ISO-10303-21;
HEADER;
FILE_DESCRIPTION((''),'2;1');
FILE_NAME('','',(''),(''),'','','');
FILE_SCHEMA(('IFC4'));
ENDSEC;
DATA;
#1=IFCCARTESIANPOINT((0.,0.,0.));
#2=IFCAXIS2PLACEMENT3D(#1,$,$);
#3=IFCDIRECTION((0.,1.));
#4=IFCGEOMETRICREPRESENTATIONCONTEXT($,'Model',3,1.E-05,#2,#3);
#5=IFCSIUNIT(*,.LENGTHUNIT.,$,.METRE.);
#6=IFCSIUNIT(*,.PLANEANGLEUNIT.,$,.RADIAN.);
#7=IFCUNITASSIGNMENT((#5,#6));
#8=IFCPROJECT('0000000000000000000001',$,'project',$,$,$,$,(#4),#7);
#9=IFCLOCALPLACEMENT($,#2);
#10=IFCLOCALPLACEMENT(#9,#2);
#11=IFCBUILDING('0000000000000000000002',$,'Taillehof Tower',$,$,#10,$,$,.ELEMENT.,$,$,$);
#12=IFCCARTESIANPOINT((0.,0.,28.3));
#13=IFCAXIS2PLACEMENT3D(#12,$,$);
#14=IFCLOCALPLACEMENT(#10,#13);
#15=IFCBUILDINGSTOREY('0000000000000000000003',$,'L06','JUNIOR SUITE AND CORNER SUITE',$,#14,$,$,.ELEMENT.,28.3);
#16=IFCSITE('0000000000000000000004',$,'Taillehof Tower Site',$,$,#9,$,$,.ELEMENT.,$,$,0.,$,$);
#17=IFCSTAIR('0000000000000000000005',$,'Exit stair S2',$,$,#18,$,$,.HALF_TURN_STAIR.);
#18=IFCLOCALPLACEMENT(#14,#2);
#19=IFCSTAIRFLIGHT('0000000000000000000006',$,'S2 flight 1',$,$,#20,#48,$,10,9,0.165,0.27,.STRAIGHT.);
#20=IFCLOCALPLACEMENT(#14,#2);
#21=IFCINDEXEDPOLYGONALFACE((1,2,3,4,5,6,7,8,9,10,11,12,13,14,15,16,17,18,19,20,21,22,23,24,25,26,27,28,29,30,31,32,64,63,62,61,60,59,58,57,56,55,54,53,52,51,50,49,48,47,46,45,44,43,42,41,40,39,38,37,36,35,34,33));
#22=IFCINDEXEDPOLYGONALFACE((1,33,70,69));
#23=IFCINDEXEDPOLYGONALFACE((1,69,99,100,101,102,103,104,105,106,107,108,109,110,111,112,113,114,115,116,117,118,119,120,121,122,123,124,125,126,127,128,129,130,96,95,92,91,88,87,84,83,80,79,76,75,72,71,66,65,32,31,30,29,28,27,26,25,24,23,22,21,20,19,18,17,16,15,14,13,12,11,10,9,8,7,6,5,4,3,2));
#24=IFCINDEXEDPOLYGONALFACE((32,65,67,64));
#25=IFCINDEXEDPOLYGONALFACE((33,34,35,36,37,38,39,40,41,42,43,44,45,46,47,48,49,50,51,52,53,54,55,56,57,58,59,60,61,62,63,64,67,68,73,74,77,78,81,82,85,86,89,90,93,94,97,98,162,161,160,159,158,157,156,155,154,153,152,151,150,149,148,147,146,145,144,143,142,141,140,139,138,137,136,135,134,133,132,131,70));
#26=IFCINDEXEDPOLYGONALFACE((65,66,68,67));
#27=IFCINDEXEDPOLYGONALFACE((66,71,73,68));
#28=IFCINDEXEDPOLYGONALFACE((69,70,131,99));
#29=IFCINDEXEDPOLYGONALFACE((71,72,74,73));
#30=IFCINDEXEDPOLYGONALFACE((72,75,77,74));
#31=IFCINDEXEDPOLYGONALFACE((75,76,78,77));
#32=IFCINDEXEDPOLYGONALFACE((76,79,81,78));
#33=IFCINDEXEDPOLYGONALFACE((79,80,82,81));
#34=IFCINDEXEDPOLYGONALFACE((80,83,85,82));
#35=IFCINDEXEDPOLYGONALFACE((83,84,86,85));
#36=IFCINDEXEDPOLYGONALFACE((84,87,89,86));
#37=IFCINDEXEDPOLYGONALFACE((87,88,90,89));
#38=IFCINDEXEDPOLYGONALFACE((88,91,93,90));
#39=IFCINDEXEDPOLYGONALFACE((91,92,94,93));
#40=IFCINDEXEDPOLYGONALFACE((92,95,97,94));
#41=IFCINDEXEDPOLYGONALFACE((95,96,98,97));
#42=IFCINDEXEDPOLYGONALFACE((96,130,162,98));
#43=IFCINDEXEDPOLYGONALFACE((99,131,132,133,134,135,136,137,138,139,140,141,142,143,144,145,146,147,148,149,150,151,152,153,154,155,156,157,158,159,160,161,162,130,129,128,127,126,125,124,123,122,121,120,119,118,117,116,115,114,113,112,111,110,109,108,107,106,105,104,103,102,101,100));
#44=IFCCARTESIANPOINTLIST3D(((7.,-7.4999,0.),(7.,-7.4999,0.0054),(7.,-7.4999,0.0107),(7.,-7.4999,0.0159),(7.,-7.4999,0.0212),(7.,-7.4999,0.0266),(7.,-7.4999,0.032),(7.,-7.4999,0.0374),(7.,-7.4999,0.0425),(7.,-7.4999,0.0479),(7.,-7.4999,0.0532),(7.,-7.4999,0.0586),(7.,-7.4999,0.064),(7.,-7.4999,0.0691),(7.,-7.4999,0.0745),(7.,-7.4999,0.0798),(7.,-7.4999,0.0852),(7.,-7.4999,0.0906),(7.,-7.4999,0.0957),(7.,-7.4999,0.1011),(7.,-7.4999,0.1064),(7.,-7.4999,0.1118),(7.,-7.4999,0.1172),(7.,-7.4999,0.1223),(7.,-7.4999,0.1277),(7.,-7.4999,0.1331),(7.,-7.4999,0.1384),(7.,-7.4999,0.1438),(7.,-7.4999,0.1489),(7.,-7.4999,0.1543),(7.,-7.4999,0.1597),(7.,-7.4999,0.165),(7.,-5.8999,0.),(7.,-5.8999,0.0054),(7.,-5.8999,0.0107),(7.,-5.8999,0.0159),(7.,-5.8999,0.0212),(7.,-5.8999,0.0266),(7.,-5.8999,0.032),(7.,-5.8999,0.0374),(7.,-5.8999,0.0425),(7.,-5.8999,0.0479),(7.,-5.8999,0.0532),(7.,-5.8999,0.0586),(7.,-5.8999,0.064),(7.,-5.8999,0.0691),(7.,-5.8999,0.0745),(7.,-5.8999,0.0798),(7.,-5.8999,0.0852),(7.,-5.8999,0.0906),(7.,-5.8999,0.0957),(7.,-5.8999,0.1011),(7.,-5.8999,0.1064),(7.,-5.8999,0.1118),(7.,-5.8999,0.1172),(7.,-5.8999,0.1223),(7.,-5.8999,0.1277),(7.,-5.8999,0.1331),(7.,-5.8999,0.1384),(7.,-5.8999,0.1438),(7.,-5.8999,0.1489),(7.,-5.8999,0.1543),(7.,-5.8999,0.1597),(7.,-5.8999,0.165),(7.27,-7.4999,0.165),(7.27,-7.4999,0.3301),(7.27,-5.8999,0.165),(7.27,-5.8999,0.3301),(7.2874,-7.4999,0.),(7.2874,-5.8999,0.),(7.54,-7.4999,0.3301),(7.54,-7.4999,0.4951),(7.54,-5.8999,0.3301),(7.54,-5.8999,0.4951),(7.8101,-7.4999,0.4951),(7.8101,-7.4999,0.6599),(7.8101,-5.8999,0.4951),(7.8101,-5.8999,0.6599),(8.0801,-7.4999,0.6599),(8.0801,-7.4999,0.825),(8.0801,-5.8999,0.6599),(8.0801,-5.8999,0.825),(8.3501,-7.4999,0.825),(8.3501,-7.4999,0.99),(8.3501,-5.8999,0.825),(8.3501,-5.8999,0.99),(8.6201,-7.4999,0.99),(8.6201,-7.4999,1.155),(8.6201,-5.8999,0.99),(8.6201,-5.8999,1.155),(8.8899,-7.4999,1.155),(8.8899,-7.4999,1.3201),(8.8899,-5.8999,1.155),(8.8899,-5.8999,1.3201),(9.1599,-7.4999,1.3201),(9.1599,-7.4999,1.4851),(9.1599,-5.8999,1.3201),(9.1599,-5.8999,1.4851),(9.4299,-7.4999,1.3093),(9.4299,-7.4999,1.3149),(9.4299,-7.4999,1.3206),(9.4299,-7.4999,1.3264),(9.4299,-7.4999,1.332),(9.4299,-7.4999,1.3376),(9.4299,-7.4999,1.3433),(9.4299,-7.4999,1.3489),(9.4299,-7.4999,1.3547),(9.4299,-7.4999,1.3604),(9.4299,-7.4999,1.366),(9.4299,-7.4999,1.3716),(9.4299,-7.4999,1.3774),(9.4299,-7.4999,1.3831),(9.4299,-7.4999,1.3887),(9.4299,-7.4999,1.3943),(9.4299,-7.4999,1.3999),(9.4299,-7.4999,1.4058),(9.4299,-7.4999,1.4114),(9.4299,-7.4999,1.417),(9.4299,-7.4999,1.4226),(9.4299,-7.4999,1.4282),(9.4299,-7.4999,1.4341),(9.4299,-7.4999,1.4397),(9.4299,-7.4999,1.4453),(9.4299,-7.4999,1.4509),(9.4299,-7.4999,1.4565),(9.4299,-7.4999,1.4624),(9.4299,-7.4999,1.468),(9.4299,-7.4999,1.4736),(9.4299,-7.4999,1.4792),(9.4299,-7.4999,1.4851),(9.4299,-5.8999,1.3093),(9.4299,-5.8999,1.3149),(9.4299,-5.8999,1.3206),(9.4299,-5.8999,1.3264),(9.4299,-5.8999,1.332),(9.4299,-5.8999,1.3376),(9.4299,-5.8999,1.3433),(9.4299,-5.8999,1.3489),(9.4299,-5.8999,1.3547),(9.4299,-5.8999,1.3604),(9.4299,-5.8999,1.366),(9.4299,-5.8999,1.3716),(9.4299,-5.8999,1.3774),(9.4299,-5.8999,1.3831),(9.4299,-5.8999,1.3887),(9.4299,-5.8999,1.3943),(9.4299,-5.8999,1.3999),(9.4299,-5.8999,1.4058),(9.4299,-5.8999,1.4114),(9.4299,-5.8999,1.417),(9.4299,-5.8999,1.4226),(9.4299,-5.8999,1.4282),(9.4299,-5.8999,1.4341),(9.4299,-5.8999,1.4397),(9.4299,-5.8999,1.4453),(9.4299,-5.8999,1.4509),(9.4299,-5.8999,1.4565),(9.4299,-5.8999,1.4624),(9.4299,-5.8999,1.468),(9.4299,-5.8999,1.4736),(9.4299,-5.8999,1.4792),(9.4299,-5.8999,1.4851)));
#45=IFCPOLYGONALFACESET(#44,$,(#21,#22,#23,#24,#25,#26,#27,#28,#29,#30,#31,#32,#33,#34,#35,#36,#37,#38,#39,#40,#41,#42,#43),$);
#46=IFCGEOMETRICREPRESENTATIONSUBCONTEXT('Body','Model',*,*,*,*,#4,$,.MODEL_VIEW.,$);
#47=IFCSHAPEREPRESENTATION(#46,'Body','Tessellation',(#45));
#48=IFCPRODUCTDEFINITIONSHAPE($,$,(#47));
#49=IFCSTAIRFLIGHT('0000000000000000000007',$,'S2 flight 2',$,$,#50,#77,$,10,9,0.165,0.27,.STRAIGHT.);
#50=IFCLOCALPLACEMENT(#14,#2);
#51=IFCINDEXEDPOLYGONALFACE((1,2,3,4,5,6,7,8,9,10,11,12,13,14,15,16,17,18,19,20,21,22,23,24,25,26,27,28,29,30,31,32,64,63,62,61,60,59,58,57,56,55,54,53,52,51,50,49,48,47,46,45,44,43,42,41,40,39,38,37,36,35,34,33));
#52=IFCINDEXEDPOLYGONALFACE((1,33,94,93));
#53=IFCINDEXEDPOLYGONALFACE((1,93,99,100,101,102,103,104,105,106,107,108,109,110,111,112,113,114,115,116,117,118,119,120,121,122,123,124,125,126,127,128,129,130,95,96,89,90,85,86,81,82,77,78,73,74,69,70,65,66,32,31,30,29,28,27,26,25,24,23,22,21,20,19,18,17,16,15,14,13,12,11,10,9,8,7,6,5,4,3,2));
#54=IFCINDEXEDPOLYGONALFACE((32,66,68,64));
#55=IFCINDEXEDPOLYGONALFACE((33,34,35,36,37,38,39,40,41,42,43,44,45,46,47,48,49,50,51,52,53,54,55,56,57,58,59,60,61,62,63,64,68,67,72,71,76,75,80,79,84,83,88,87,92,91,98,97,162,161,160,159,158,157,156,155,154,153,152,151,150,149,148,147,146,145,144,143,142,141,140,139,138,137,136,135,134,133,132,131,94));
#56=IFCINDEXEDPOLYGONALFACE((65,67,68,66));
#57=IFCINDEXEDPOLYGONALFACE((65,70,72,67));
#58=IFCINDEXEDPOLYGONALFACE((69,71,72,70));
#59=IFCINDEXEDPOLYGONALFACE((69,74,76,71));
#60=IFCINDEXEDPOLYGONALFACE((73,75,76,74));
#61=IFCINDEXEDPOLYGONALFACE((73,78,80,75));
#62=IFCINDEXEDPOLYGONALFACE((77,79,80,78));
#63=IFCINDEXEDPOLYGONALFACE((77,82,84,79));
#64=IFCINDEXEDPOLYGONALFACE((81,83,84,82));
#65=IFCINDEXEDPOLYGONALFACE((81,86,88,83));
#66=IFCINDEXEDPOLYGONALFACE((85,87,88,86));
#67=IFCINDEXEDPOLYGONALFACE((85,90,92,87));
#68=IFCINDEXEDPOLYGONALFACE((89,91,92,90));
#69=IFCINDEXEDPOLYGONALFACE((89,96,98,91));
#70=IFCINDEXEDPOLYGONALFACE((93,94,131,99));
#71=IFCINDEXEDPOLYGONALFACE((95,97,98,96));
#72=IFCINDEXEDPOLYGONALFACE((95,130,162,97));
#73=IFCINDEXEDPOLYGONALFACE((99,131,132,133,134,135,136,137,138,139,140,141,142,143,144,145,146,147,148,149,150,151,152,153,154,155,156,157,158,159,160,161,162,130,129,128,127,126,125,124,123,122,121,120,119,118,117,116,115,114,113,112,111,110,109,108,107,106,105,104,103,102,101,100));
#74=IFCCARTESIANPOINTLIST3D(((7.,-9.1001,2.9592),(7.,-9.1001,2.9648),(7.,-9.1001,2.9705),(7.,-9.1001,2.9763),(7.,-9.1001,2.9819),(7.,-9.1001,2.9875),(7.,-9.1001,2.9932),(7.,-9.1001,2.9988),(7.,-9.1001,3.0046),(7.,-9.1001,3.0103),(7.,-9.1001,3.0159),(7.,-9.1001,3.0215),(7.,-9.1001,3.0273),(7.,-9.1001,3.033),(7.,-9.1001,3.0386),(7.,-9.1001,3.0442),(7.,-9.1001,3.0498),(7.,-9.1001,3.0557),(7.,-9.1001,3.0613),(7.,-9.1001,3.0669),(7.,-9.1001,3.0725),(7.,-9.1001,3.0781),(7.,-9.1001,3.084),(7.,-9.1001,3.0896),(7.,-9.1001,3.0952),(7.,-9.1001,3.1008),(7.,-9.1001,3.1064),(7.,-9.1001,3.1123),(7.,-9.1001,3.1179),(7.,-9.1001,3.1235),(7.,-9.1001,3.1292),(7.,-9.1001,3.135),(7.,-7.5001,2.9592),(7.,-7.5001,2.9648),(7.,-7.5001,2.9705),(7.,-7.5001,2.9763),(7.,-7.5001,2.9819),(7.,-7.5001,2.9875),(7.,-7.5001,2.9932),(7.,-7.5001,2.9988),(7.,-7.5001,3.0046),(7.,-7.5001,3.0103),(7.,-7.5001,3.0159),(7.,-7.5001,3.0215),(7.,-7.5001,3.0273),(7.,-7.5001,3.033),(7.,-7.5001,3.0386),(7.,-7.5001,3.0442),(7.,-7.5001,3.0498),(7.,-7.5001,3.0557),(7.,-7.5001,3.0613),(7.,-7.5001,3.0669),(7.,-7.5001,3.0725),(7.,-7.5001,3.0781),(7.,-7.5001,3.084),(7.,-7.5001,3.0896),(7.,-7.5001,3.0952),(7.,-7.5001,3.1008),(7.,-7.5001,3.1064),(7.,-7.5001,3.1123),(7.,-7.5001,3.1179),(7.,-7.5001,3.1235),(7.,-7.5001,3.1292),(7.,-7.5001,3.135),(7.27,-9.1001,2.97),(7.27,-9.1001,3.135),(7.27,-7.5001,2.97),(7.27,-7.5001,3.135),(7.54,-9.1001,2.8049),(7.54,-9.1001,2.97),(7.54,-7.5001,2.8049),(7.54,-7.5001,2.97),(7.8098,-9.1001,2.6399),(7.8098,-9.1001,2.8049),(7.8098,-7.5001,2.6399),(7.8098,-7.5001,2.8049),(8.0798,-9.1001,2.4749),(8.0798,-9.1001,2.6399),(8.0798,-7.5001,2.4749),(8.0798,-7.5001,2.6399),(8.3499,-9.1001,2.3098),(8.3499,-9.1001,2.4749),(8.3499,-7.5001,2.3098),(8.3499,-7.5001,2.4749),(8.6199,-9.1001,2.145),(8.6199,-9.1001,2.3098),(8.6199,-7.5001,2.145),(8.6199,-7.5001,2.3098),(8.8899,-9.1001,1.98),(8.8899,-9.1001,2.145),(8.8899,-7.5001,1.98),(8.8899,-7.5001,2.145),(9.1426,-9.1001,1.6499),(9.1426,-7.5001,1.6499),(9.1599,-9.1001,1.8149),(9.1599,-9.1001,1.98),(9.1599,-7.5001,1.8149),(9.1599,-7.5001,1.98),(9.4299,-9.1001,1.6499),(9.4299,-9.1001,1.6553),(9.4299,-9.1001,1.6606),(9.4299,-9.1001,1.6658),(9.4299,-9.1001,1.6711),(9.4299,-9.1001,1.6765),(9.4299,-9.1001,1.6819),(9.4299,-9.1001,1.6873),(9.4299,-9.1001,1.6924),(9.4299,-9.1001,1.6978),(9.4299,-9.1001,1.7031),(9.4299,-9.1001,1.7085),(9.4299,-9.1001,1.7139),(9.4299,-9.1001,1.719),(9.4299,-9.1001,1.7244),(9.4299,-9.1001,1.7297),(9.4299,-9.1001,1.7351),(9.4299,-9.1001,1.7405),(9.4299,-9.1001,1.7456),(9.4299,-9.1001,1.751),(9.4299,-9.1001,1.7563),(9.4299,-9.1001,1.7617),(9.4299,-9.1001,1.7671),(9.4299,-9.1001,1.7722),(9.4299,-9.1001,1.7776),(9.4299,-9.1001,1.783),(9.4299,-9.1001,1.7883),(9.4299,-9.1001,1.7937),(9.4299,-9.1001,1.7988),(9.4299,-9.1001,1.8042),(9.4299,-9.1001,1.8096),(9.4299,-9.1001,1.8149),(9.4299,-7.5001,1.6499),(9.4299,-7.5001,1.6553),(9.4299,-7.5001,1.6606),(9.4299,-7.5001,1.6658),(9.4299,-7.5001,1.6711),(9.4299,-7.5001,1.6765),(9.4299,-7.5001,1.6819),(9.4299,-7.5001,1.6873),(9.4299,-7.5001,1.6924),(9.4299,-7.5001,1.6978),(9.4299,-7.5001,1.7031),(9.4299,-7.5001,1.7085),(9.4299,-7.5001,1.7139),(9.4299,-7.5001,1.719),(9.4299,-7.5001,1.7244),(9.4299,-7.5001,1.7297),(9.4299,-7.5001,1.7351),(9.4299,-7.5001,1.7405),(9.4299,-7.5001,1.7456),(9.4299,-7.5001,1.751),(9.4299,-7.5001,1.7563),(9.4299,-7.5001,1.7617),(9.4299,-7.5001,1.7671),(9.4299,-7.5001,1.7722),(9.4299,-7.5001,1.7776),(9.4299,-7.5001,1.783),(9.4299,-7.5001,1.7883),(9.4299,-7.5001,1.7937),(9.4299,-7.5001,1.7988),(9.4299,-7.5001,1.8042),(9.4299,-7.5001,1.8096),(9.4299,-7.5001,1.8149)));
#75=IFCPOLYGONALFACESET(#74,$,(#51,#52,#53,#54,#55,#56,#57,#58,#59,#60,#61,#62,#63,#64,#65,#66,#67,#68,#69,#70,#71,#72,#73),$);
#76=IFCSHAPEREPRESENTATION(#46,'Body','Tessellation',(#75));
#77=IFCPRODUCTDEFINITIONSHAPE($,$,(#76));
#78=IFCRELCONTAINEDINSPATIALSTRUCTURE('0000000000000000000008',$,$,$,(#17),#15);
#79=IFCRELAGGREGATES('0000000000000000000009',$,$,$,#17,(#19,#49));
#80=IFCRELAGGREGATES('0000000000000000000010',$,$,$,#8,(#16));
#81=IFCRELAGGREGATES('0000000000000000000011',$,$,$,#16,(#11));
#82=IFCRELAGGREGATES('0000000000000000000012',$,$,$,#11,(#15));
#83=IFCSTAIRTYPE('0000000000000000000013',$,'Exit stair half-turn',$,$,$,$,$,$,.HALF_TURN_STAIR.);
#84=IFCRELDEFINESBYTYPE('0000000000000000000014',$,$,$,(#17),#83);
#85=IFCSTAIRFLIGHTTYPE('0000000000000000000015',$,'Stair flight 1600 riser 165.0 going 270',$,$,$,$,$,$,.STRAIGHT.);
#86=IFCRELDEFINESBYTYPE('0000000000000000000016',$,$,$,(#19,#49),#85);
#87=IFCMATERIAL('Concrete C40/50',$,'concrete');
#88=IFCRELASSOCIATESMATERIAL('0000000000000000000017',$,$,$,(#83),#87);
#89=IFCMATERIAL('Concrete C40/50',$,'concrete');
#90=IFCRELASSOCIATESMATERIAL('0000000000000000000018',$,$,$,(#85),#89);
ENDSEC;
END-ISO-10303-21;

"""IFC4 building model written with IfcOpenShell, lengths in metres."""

from ifc_helpers import new_model, si_unit, direction, frame, origin, place, context, subcontext, project, spatial, polyline, outline, extrude, material, type_object, element, aggregate, save


model = new_model("IFC4")

# Units and contexts
model_context = context("Model", 3, precision=1e-05, world=origin(), true_north=direction((0.0, 1.0)))
body_context = subcontext(model_context, "Body", "Model", "MODEL_VIEW")
ifc_project = project(units=[si_unit("LENGTHUNIT", "METRE"), si_unit("PLANEANGLEUNIT", "RADIAN")], contexts=[model_context])

# Site, building, storey
site_placement = place(None, origin())
site = spatial("IfcSite", under=ifc_project, at=site_placement, Name="Taillehof Tower Site", CompositionType="ELEMENT", RefElevation=0.0)
building_placement = place(site_placement, origin())
building = spatial("IfcBuilding", under=site, at=building_placement, Name="Taillehof Tower", CompositionType="ELEMENT")
storey_placement = place(building_placement, frame((0.0, 0.0, 28.3)))
storey = spatial("IfcBuildingStorey", under=building, at=storey_placement, Name="L06", Description="JUNIOR SUITE AND CORNER SUITE", CompositionType="ELEMENT", Elevation=28.3)

# Stair
ifc_material_1 = material(Name="Concrete C40/50", Category="concrete")
stair_type = type_object("IfcStairType", Name="Exit stair half-turn", PredefinedType="HALF_TURN_STAIR", material=ifc_material_1)
stair_1_placement = place(storey_placement, origin())
stair_1 = element("IfcStair", 1, at=stair_1_placement, inside=storey, type_object=stair_type, Name="Exit stair S2", PredefinedType="HALF_TURN_STAIR")

# Stair flights
ifc_material_2 = material(Name="Concrete C40/50", Category="concrete")
stair_flight_type = type_object("IfcStairFlightType", Name="Stair flight 1600 riser 165.0 going 270", PredefinedType="STRAIGHT", material=ifc_material_2)
stair_flight_1_placement = place(storey_placement, frame((7.0, -6.7, 0.0), z_axis=(0.0, 0.0, 1.0), x_axis=(1.0, 0.0, 0.0)))
stair_flight_1 = element("IfcStairFlight", 2, at=stair_flight_1_placement, type_object=stair_flight_type, Name="S2 flight 1", NumberOfRisers=10, NumberOfTreads=9, PredefinedType="STRAIGHT", RiserHeight=0.165, TreadLength=0.27, context=body_context, shape_type="SweptSolid", body=[
    extrude(outline(polyline([(0.0, 0.0), (0.0, 0.0054), (0.0, 0.0107), (0.0, 0.0159), (0.0, 0.0212), (0.0, 0.0266), (0.0, 0.032), (0.0, 0.0374), (0.0, 0.0425), (0.0, 0.0479), (0.0, 0.0532), (0.0, 0.0586), (0.0, 0.064), (0.0, 0.0691), (0.0, 0.0745), (0.0, 0.0798), (0.0, 0.0852), (0.0, 0.0906), (0.0, 0.0957), (0.0, 0.1011), (0.0, 0.1064), (0.0, 0.1118), (0.0, 0.1172), (0.0, 0.1223), (0.0, 0.1277), (0.0, 0.1331), (0.0, 0.1384), (0.0, 0.1438), (0.0, 0.1489), (0.0, 0.1543), (0.0, 0.1597), (0.0, 0.165), (0.27, 0.165), (0.27, 0.3301), (0.54, 0.3301), (0.54, 0.4951), (0.8101, 0.4951), (0.8101, 0.6599), (1.0801, 0.6599), (1.0801, 0.825), (1.3501, 0.825), (1.3501, 0.99), (1.6201, 0.99), (1.6201, 1.155), (1.8899, 1.155), (1.8899, 1.3201), (2.1599, 1.3201), (2.1599, 1.4851), (2.4299, 1.4851), (2.4299, 1.4792), (2.4299, 1.4736), (2.4299, 1.468), (2.4299, 1.4624), (2.4299, 1.4565), (2.4299, 1.4509), (2.4299, 1.4453), (2.4299, 1.4397), (2.4299, 1.4341), (2.4299, 1.4282), (2.4299, 1.4226), (2.4299, 1.417), (2.4299, 1.4114), (2.4299, 1.4058), (2.4299, 1.3999), (2.4299, 1.3943), (2.4299, 1.3887), (2.4299, 1.3831), (2.4299, 1.3774), (2.4299, 1.3716), (2.4299, 1.366), (2.4299, 1.3604), (2.4299, 1.3547), (2.4299, 1.3489), (2.4299, 1.3433), (2.4299, 1.3376), (2.4299, 1.332), (2.4299, 1.3264), (2.4299, 1.3206), (2.4299, 1.3149), (2.4299, 1.3093), (0.2874, 0.0), (0.0, 0.0)])), frame((0.0, 0.8, 0.0), z_axis=(0.0, -1.0, 0.0), x_axis=(1.0, 0.0, 0.0)), (0.0, 0.0, 1.0), 1.6),
])
stair_flight_2_placement = place(storey_placement, frame((9.4299, -8.3, 1.6499), z_axis=(0.0, 0.0, 1.0), x_axis=(-1.0, 0.0, 0.0)))
stair_flight_2 = element("IfcStairFlight", 3, at=stair_flight_2_placement, type_object=stair_flight_type, Name="S2 flight 2", NumberOfRisers=10, NumberOfTreads=9, PredefinedType="STRAIGHT", RiserHeight=0.165, TreadLength=0.27, context=body_context, shape_type="SweptSolid", body=[
    extrude(outline(polyline([(0.0, 0.0), (0.0, 0.0054), (0.0, 0.0107), (0.0, 0.0159), (0.0, 0.0212), (0.0, 0.0266), (0.0, 0.032), (0.0, 0.0374), (0.0, 0.0425), (0.0, 0.0479), (0.0, 0.0532), (0.0, 0.0586), (0.0, 0.064), (0.0, 0.0691), (0.0, 0.0745), (0.0, 0.0798), (0.0, 0.0852), (0.0, 0.0906), (0.0, 0.0957), (0.0, 0.1011), (0.0, 0.1064), (0.0, 0.1118), (0.0, 0.1172), (0.0, 0.1223), (0.0, 0.1277), (0.0, 0.1331), (0.0, 0.1384), (0.0, 0.1438), (0.0, 0.1489), (0.0, 0.1543), (0.0, 0.1597), (0.0, 0.165), (0.27, 0.165), (0.27, 0.3301), (0.54, 0.3301), (0.54, 0.4951), (0.8101, 0.4951), (0.8101, 0.6599), (1.0801, 0.6599), (1.0801, 0.825), (1.3501, 0.825), (1.3501, 0.99), (1.6201, 0.99), (1.6201, 1.155), (1.8899, 1.155), (1.8899, 1.3201), (2.1599, 1.3201), (2.1599, 1.4851), (2.4299, 1.4851), (2.4299, 1.4792), (2.4299, 1.4736), (2.4299, 1.468), (2.4299, 1.4624), (2.4299, 1.4565), (2.4299, 1.4509), (2.4299, 1.4453), (2.4299, 1.4397), (2.4299, 1.4341), (2.4299, 1.4282), (2.4299, 1.4226), (2.4299, 1.417), (2.4299, 1.4114), (2.4299, 1.4058), (2.4299, 1.3999), (2.4299, 1.3943), (2.4299, 1.3887), (2.4299, 1.3831), (2.4299, 1.3774), (2.4299, 1.3716), (2.4299, 1.366), (2.4299, 1.3604), (2.4299, 1.3547), (2.4299, 1.3489), (2.4299, 1.3433), (2.4299, 1.3376), (2.4299, 1.332), (2.4299, 1.3264), (2.4299, 1.3206), (2.4299, 1.3149), (2.4299, 1.3093), (0.2874, 0.0), (0.0, 0.0)])), frame((0.0, 0.8, 0.0), z_axis=(0.0, -1.0, 0.0), x_axis=(1.0, 0.0, 0.0)), (0.0, 0.0, 1.0), 1.6),
])
aggregate(stair_1, [stair_flight_1, stair_flight_2])

save(model, "model.ifc")
